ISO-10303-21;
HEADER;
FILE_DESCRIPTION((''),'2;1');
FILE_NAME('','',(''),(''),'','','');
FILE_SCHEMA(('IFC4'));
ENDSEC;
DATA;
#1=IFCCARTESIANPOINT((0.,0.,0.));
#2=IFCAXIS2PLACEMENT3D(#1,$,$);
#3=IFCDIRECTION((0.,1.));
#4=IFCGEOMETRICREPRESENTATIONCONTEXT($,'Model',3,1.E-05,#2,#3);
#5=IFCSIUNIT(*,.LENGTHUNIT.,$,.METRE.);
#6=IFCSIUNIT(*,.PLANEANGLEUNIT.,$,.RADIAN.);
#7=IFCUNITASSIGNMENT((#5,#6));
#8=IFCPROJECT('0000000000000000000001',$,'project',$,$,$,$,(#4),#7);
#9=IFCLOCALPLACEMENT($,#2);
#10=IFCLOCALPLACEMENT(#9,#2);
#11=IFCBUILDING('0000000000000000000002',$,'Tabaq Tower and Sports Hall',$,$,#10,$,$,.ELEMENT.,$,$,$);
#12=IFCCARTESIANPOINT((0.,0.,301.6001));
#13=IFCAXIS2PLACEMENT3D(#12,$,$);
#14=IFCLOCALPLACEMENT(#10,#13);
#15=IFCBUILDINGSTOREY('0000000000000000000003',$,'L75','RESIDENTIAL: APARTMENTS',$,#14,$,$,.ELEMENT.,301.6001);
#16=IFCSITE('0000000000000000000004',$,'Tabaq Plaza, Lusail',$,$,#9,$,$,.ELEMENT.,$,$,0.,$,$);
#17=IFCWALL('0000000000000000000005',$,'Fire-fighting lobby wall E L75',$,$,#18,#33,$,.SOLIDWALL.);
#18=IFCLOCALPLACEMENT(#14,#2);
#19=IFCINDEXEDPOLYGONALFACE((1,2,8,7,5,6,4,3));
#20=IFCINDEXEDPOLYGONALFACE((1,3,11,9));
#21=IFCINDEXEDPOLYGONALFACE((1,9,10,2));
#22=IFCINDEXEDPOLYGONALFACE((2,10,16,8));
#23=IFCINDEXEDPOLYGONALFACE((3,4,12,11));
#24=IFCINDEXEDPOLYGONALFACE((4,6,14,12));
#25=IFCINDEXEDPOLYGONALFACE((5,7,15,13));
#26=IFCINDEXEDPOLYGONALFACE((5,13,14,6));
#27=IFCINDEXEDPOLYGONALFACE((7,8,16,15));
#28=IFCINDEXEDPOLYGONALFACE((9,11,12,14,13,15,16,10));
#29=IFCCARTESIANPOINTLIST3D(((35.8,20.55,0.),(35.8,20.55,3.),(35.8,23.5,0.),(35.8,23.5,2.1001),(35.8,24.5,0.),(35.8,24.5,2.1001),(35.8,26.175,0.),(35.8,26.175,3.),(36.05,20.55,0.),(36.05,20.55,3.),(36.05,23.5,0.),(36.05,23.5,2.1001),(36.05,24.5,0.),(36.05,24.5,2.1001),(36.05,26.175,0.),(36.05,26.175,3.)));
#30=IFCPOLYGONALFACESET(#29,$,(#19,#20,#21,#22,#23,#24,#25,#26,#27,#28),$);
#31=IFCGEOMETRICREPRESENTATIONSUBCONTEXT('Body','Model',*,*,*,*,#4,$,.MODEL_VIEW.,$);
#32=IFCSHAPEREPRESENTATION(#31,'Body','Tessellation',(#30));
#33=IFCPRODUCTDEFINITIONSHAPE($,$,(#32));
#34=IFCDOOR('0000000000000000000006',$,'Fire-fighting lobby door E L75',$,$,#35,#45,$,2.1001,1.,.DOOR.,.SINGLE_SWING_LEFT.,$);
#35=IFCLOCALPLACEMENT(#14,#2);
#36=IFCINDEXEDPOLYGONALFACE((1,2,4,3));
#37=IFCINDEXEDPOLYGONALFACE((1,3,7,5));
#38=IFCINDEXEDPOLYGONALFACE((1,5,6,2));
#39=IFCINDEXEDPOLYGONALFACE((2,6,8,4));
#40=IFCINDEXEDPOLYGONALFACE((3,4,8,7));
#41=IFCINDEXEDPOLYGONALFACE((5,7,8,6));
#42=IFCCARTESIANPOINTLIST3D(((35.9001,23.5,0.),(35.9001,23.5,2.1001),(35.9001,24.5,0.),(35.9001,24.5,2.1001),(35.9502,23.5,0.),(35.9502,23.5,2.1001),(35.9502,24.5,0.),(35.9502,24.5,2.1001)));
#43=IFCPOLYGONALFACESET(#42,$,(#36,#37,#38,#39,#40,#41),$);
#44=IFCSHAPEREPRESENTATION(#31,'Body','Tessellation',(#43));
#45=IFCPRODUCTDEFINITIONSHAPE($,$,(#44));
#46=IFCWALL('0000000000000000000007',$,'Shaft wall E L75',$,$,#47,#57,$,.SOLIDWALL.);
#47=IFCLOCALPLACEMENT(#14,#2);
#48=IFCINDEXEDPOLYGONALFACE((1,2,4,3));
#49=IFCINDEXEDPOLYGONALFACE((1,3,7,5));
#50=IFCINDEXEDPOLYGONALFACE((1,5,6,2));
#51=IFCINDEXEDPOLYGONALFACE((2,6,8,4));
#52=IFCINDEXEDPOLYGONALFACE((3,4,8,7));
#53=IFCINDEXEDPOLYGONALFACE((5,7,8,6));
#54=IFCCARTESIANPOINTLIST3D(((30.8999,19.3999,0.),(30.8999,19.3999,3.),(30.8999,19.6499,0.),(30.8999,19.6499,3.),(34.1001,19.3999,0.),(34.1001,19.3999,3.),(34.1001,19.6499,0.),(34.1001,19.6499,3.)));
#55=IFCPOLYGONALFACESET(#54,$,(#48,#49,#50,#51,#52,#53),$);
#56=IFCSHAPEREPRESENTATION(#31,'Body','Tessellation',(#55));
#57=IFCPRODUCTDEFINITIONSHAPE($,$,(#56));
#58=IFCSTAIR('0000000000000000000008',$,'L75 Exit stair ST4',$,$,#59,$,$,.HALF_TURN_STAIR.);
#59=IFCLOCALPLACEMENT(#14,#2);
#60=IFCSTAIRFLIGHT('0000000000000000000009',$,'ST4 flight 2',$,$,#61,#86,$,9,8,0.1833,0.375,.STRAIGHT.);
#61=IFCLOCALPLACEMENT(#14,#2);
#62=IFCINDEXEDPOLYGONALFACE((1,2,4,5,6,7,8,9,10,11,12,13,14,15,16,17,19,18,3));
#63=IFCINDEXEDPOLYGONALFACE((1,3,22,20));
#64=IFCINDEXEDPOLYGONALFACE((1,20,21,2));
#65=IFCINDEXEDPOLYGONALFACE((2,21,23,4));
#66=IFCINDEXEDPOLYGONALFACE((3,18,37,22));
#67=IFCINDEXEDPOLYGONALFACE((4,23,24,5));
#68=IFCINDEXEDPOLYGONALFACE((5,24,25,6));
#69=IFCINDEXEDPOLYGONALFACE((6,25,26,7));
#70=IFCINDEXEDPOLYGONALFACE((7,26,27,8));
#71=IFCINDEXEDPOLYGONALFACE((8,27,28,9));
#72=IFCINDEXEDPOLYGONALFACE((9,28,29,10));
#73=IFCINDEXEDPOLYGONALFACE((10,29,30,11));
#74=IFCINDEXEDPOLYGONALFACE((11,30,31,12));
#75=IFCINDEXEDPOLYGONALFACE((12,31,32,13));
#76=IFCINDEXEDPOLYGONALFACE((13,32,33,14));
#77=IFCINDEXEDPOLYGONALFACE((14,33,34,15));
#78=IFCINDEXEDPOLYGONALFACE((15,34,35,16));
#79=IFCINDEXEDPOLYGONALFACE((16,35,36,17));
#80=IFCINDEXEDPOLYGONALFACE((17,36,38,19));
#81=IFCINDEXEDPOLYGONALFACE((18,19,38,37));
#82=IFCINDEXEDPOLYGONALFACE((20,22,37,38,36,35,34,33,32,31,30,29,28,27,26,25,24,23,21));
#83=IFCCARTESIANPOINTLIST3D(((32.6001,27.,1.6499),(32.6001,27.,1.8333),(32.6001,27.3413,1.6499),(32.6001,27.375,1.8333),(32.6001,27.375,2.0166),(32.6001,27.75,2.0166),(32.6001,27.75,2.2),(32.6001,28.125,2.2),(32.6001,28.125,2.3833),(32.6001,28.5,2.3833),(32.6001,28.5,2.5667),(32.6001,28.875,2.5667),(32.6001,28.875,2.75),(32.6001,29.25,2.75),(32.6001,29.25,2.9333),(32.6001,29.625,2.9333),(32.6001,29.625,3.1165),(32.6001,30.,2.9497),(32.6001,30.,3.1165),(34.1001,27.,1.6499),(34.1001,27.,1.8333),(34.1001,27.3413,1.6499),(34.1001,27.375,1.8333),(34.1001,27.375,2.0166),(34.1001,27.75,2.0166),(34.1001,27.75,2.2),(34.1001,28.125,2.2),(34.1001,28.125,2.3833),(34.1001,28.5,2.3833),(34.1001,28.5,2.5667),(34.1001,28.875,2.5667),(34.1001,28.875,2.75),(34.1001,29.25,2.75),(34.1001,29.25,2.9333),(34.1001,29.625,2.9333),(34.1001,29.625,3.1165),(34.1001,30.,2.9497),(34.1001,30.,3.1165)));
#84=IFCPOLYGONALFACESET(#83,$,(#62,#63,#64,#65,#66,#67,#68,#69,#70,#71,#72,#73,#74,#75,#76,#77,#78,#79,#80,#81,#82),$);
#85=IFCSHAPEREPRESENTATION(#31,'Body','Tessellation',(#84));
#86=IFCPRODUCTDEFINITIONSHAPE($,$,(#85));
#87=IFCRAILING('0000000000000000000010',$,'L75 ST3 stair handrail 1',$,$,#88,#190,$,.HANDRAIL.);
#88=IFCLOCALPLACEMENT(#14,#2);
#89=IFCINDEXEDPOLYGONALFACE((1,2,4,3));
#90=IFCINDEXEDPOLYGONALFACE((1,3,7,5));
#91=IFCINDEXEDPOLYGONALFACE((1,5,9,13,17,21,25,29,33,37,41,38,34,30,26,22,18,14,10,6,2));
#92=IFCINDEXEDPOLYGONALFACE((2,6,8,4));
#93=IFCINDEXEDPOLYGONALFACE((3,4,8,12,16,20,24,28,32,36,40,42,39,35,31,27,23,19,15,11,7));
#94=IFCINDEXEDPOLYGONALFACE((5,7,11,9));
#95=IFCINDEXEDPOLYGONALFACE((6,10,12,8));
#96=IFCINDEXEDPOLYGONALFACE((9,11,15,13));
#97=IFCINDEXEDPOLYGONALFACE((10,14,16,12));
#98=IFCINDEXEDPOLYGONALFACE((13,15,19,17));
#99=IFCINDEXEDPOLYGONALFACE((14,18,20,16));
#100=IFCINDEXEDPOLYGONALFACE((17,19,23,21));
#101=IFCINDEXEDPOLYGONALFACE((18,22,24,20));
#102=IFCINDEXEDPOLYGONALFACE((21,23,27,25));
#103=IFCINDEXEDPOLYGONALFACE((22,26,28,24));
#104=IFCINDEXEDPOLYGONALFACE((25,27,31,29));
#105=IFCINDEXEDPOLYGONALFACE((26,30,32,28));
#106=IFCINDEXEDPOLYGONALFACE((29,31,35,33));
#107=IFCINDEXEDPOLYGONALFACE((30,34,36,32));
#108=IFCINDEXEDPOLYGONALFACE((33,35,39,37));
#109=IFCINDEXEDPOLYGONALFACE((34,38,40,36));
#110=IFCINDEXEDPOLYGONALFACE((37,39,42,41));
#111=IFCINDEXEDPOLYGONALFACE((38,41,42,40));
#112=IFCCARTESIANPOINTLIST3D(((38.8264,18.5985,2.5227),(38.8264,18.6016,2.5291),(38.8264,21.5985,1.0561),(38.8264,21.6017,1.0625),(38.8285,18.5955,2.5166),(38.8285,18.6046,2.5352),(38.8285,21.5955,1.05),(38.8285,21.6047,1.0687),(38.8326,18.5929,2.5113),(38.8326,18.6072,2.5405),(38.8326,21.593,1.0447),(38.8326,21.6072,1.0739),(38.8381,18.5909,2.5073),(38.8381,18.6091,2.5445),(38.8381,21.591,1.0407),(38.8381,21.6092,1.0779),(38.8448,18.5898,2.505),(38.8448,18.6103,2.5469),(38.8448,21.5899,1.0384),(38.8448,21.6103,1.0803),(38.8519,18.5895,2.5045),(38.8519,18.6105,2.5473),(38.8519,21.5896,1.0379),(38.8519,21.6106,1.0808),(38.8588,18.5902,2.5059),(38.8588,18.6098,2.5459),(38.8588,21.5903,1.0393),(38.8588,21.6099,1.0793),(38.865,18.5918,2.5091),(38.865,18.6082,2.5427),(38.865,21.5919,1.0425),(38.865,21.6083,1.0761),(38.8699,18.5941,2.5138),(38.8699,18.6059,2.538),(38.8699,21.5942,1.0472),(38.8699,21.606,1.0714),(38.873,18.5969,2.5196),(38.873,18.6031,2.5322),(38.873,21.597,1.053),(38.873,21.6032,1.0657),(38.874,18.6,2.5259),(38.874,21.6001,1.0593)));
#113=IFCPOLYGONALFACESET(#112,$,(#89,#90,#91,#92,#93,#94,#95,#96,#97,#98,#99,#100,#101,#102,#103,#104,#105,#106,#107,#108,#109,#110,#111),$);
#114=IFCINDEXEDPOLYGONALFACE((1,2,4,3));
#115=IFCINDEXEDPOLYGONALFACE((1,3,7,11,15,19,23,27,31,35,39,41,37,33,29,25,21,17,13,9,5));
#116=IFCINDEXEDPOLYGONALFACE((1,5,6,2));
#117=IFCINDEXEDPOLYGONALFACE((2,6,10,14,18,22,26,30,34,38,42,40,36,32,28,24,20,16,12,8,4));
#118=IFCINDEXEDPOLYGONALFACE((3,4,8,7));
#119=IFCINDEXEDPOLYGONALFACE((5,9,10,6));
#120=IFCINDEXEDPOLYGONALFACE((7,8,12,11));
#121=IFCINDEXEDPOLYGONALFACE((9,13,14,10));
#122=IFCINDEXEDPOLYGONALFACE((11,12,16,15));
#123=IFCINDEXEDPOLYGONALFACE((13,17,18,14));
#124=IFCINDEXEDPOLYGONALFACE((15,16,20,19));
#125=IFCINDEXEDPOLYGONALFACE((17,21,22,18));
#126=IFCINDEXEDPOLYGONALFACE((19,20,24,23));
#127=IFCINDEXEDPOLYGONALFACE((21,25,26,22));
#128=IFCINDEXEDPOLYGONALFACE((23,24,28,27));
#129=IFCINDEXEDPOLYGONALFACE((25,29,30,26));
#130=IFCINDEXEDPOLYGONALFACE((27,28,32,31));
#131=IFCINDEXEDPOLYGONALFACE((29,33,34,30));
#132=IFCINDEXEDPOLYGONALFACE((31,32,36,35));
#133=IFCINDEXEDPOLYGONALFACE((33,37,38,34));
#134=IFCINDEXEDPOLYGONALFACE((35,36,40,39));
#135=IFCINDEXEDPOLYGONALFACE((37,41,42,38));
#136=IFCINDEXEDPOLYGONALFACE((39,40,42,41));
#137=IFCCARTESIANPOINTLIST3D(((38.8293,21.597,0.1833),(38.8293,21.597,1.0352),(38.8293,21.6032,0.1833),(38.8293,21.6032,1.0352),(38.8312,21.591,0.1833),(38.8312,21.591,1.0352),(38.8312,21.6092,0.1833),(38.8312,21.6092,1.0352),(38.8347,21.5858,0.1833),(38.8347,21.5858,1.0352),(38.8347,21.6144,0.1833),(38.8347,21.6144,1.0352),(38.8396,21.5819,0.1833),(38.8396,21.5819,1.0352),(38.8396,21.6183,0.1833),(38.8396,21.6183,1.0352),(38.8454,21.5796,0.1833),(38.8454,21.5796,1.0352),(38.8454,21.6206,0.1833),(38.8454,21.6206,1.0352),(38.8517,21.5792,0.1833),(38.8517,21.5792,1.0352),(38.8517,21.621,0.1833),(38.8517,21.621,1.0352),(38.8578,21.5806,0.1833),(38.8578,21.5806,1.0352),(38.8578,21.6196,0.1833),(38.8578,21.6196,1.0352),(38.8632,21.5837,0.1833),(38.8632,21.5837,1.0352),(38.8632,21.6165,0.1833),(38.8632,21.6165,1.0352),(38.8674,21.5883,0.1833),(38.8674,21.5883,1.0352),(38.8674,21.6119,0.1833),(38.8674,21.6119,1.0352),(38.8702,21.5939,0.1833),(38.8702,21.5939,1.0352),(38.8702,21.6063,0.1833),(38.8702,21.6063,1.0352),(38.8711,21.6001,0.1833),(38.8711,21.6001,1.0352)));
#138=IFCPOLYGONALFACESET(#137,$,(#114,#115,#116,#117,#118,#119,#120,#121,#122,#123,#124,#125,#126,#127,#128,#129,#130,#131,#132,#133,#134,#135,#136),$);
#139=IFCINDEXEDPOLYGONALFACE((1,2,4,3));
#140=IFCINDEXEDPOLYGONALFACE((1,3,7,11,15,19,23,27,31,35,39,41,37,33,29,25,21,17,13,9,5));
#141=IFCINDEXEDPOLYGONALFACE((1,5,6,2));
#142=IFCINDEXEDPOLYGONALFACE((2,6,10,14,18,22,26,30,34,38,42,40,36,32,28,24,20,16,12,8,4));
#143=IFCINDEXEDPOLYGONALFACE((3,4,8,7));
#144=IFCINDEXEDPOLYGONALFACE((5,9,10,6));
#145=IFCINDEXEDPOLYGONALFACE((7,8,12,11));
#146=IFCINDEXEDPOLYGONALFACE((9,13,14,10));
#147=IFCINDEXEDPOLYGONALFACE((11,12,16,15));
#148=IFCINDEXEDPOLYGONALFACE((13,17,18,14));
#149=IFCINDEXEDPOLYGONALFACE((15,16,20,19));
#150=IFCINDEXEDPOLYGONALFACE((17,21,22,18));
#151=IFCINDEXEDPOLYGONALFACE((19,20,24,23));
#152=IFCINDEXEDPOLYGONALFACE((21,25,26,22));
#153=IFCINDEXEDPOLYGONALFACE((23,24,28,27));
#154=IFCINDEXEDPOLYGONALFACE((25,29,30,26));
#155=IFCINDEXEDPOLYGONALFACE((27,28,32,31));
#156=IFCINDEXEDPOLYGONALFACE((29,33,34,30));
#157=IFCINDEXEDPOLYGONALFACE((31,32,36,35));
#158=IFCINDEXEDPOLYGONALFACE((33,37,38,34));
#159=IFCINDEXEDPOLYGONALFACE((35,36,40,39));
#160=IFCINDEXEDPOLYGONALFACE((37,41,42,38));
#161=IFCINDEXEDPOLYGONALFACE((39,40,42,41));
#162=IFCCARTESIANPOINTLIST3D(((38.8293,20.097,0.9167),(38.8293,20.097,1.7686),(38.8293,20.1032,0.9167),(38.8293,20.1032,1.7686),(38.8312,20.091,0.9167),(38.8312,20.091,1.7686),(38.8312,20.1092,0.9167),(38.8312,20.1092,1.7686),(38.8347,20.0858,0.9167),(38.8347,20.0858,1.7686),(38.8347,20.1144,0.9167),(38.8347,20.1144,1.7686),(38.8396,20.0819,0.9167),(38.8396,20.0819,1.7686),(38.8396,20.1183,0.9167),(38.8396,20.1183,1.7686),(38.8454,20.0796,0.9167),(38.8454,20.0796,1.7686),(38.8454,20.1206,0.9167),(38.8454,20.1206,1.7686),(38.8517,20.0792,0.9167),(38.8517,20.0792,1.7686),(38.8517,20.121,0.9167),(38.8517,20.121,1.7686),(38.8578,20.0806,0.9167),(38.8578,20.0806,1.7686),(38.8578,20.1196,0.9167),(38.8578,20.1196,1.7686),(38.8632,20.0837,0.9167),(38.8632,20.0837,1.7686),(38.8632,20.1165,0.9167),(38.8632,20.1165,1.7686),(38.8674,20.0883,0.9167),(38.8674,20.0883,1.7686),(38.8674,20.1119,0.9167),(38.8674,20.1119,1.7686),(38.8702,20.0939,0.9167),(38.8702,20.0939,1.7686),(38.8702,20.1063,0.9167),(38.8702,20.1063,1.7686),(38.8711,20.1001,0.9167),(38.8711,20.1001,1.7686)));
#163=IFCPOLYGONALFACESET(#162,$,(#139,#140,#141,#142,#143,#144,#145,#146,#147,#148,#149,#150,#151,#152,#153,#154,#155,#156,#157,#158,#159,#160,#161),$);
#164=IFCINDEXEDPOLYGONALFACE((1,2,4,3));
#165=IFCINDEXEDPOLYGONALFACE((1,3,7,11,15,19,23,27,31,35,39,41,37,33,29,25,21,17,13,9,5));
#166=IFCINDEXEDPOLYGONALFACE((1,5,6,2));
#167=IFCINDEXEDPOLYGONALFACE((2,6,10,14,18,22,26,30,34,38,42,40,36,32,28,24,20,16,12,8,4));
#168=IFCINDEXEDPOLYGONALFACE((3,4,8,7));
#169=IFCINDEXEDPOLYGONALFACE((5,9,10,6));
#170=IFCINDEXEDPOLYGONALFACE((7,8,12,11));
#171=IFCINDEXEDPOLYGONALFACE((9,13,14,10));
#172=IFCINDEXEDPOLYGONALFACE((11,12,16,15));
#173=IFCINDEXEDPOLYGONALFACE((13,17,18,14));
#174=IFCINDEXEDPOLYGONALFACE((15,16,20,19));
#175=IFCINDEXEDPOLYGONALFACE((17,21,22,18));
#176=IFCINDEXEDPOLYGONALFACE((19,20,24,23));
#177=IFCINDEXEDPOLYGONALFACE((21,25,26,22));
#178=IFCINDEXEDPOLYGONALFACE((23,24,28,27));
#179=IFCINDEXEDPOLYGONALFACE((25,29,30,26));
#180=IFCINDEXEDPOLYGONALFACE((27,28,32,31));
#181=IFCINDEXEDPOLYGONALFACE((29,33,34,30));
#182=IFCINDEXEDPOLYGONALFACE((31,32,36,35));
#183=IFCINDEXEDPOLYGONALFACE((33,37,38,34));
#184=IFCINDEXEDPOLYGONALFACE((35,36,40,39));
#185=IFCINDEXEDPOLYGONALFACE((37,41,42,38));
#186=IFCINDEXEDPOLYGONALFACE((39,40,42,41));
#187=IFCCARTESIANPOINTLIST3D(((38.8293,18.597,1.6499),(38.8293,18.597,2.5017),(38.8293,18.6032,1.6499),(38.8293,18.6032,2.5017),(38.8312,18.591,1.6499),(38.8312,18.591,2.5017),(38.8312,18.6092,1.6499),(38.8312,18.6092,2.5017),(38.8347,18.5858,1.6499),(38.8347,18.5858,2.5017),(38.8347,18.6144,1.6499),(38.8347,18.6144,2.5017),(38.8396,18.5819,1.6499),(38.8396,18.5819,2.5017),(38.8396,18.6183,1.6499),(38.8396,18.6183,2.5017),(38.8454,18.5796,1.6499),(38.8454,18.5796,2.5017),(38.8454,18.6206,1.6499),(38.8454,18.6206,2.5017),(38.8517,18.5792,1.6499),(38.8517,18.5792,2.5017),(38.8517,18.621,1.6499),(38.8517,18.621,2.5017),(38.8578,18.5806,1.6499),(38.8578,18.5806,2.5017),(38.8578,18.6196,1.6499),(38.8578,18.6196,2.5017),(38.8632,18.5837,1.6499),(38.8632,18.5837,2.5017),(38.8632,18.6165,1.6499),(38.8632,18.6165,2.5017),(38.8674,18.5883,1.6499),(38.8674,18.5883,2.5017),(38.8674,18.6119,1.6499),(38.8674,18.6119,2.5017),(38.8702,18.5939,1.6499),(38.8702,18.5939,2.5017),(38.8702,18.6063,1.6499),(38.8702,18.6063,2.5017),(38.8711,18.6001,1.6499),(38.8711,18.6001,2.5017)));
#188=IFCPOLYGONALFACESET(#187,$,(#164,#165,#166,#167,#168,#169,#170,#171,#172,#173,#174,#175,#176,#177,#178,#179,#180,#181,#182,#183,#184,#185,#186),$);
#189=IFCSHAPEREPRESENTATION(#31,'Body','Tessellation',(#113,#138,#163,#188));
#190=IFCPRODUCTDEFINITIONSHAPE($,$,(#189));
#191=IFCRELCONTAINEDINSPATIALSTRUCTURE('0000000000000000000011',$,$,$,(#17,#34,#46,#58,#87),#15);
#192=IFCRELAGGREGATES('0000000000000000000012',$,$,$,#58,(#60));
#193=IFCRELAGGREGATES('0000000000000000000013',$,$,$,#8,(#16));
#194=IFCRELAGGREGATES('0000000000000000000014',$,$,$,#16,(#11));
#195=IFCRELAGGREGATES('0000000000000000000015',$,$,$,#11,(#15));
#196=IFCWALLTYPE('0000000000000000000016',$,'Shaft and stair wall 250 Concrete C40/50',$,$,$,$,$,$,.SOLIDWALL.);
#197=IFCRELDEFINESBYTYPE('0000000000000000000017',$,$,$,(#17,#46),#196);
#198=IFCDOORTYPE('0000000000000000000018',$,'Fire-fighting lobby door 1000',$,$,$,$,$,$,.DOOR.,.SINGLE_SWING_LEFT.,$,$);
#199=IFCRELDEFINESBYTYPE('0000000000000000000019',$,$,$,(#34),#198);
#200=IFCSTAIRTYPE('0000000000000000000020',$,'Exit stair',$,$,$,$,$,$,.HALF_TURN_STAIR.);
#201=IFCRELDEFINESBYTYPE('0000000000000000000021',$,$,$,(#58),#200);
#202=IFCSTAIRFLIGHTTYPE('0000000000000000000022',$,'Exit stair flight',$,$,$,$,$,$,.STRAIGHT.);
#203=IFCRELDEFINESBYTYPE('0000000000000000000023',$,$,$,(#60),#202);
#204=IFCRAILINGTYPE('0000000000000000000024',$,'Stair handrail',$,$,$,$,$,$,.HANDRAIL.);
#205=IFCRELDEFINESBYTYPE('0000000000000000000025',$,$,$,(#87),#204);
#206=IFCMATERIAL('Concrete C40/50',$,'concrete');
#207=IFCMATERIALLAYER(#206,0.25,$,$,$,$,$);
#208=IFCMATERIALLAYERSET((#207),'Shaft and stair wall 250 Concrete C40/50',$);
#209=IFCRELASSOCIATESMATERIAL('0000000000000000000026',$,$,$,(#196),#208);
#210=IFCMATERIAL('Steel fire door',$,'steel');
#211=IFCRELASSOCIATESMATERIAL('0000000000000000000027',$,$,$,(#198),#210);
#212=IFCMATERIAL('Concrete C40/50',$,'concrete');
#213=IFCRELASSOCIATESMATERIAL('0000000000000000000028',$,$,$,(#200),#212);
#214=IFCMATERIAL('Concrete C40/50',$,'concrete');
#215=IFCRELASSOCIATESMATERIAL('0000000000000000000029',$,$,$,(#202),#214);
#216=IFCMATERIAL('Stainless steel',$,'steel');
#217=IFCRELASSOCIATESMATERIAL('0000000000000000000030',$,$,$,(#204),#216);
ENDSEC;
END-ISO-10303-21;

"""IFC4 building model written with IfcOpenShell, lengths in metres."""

from ifc_helpers import new_model, si_unit, direction, frame, frame_2d, origin, origin_2d, place, context, subcontext, project, spatial, polyline, rectangle, circle, outline, extrude, material, layer, layer_set, type_object, element, fill, aggregate, save


model = new_model("IFC4")

# Units and contexts
model_context = context("Model", 3, precision=1e-05, world=origin(), true_north=direction((0.0, 1.0)))
body_context = subcontext(model_context, "Body", "Model", "MODEL_VIEW")
ifc_project = project(units=[si_unit("LENGTHUNIT", "METRE"), si_unit("PLANEANGLEUNIT", "RADIAN")], contexts=[model_context])

# Site, building, storey
site_placement = place(None, origin())
site = spatial("IfcSite", under=ifc_project, at=site_placement, Name="Tabaq Plaza, Lusail", CompositionType="ELEMENT", RefElevation=0.0)
building_placement = place(site_placement, origin())
building = spatial("IfcBuilding", under=site, at=building_placement, Name="Tabaq Tower and Sports Hall", CompositionType="ELEMENT")
storey_placement = place(building_placement, frame((0.0, 0.0, 301.6001)))
storey = spatial("IfcBuildingStorey", under=building, at=storey_placement, Name="L75", Description="RESIDENTIAL: APARTMENTS", CompositionType="ELEMENT", Elevation=301.6001)

# Shared definitions
ifc_material_1 = material(Name="Concrete C40/50", Category="concrete")
ifc_layer_1 = layer(ifc_material_1, 0.25)
ifc_layer_set_1 = layer_set([ifc_layer_1], Name="Shaft and stair wall 250 Concrete C40/50")
wall_type_1 = type_object("IfcWallType", Name="Shaft and stair wall 250 Concrete C40/50", PredefinedType="SOLIDWALL", material=ifc_layer_set_1)

# Wall, opening, door
wall_1_placement = place(storey_placement, frame((35.925, 20.55, 0.0), z_axis=(0.0, 0.0, 1.0), x_axis=(0.0, 1.0, 0.0)))
wall_1 = element("IfcWall", 1, at=wall_1_placement, inside=storey, type_object=wall_type_1, Name="Fire-fighting lobby wall E L75", PredefinedType="SOLIDWALL", context=body_context, shape_type="SweptSolid", body=[
    extrude(rectangle(XDim=5.625, YDim=0.25, at=frame_2d((2.8125, 0.0))), origin(), (0.0, 0.0, 1.0), 3.0),
])
opening_1_placement = place(wall_1_placement, frame((2.95, 0.0, 0.0)))
opening_1 = element("IfcOpeningElement", 2, at=opening_1_placement, cuts=wall_1, PredefinedType="OPENING", context=body_context, shape_type="SweptSolid", body=[
    extrude(rectangle(XDim=1.0, YDim=2.1001, at=frame_2d((0.5, 1.05))), frame((0.0, 0.125, 0.0), z_axis=(0.0, -1.0, 0.0), x_axis=(1.0, 0.0, 0.0)), (0.0, 0.0, 1.0), 0.25),
])
ifc_material_2 = material(Name="Steel fire door", Category="steel")
door_type_1 = type_object("IfcDoorType", Name="Fire-fighting lobby door 1000", OperationType="SINGLE_SWING_LEFT", PredefinedType="DOOR", material=ifc_material_2)
door_1_placement = place(opening_1_placement, origin())
door_1 = element("IfcDoor", 3, at=door_1_placement, inside=storey, type_object=door_type_1, Name="Fire-fighting lobby door E L75", OperationType="SINGLE_SWING_LEFT", OverallHeight=2.1001, OverallWidth=1.0, PredefinedType="DOOR", context=body_context, shape_type="SweptSolid", body=[
    extrude(rectangle(XDim=1.0, YDim=2.1001, at=frame_2d((0.5, 1.05))), frame((0.0, 0.0249, 0.0), z_axis=(0.0, -1.0, 0.0), x_axis=(1.0, 0.0, 0.0)), (0.0, 0.0, 1.0), 0.05),
])
fill(opening_1, door_1)

# Wall
wall_2_placement = place(storey_placement, frame((30.8999, 19.5249, 0.0), z_axis=(0.0, 0.0, 1.0), x_axis=(1.0, 0.0, 0.0)))
element("IfcWall", 4, at=wall_2_placement, inside=storey, type_object=wall_type_1, Name="Shaft wall E L75", PredefinedType="SOLIDWALL", context=body_context, shape_type="SweptSolid", body=[
    extrude(rectangle(XDim=3.2002, YDim=0.25, at=frame_2d((1.6001, 0.0))), origin(), (0.0, 0.0, 1.0), 3.0),
])

# Stair, stair flight
ifc_material_3 = material(Name="Concrete C40/50", Category="concrete")
stair_type = type_object("IfcStairType", Name="Exit stair", PredefinedType="HALF_TURN_STAIR", material=ifc_material_3)
stair_placement = place(storey_placement, origin())
stair = element("IfcStair", 5, at=stair_placement, inside=storey, type_object=stair_type, Name="L75 Exit stair ST4", PredefinedType="HALF_TURN_STAIR")
ifc_material_4 = material(Name="Concrete C40/50", Category="concrete")
stair_flight_type = type_object("IfcStairFlightType", Name="Exit stair flight", PredefinedType="STRAIGHT", material=ifc_material_4)
stair_flight_placement = place(storey_placement, frame((33.3501, 27.0, 1.6499), z_axis=(0.0, 0.0, 1.0), x_axis=(0.0, 1.0, 0.0)))
stair_flight = element("IfcStairFlight", 6, at=stair_flight_placement, type_object=stair_flight_type, Name="ST4 flight 2", NumberOfRisers=9, NumberOfTreads=8, PredefinedType="STRAIGHT", RiserHeight=0.1833, TreadLength=0.375, context=body_context, shape_type="SweptSolid", body=[
    extrude(outline(polyline([(0.0, 0.0), (0.0, 0.1833), (0.375, 0.1833), (0.375, 0.3667), (0.75, 0.3667), (0.75, 0.55), (1.125, 0.55), (1.125, 0.7334), (1.5, 0.7334), (1.5, 0.9167), (1.875, 0.9167), (1.875, 1.1001), (2.25, 1.1001), (2.25, 1.2834), (2.625, 1.2834), (2.625, 1.4666), (3.0, 1.4666), (3.0, 1.6499), (3.0, 1.2998), (0.3413, 0.0), (0.0, 0.0)])), frame((0.0, 0.75, 0.0), z_axis=(0.0, -1.0, 0.0), x_axis=(1.0, 0.0, 0.0)), (0.0, 0.0, 1.0), 1.5),
])
aggregate(stair, [stair_flight])

# Railing
ifc_material_5 = material(Name="Stainless steel", Category="steel")
railing_type = type_object("IfcRailingType", Name="Stair handrail", PredefinedType="HANDRAIL", material=ifc_material_5)
railing_1_placement = place(storey_placement, frame((38.8501, 21.6001, 0.1833)))
element("IfcRailing", 7, at=railing_1_placement, inside=storey, type_object=railing_type, Name="L75 ST3 stair handrail 1", PredefinedType="HANDRAIL", context=body_context, shape_type="SweptSolid", body=[
    extrude(circle(Radius=0.0239, at=origin_2d()), frame((0.0, 0.0, 0.876), z_axis=(0.0, -0.898398, 0.439183), x_axis=(1.0, 0.0, 0.0)), (0.0, 0.0, 1.0), 3.3394),
    extrude(circle(Radius=0.021, at=origin_2d()), origin(), (0.0, 0.0, 1.0), 0.8518),
    extrude(circle(Radius=0.021, at=origin_2d()), frame((0.0, -1.5, 0.7334)), (0.0, 0.0, 1.0), 0.8518),
    extrude(circle(Radius=0.021, at=origin_2d()), frame((0.0, -3.0, 1.4666)), (0.0, 0.0, 1.0), 0.8518),
])

save(model, "model.ifc")
